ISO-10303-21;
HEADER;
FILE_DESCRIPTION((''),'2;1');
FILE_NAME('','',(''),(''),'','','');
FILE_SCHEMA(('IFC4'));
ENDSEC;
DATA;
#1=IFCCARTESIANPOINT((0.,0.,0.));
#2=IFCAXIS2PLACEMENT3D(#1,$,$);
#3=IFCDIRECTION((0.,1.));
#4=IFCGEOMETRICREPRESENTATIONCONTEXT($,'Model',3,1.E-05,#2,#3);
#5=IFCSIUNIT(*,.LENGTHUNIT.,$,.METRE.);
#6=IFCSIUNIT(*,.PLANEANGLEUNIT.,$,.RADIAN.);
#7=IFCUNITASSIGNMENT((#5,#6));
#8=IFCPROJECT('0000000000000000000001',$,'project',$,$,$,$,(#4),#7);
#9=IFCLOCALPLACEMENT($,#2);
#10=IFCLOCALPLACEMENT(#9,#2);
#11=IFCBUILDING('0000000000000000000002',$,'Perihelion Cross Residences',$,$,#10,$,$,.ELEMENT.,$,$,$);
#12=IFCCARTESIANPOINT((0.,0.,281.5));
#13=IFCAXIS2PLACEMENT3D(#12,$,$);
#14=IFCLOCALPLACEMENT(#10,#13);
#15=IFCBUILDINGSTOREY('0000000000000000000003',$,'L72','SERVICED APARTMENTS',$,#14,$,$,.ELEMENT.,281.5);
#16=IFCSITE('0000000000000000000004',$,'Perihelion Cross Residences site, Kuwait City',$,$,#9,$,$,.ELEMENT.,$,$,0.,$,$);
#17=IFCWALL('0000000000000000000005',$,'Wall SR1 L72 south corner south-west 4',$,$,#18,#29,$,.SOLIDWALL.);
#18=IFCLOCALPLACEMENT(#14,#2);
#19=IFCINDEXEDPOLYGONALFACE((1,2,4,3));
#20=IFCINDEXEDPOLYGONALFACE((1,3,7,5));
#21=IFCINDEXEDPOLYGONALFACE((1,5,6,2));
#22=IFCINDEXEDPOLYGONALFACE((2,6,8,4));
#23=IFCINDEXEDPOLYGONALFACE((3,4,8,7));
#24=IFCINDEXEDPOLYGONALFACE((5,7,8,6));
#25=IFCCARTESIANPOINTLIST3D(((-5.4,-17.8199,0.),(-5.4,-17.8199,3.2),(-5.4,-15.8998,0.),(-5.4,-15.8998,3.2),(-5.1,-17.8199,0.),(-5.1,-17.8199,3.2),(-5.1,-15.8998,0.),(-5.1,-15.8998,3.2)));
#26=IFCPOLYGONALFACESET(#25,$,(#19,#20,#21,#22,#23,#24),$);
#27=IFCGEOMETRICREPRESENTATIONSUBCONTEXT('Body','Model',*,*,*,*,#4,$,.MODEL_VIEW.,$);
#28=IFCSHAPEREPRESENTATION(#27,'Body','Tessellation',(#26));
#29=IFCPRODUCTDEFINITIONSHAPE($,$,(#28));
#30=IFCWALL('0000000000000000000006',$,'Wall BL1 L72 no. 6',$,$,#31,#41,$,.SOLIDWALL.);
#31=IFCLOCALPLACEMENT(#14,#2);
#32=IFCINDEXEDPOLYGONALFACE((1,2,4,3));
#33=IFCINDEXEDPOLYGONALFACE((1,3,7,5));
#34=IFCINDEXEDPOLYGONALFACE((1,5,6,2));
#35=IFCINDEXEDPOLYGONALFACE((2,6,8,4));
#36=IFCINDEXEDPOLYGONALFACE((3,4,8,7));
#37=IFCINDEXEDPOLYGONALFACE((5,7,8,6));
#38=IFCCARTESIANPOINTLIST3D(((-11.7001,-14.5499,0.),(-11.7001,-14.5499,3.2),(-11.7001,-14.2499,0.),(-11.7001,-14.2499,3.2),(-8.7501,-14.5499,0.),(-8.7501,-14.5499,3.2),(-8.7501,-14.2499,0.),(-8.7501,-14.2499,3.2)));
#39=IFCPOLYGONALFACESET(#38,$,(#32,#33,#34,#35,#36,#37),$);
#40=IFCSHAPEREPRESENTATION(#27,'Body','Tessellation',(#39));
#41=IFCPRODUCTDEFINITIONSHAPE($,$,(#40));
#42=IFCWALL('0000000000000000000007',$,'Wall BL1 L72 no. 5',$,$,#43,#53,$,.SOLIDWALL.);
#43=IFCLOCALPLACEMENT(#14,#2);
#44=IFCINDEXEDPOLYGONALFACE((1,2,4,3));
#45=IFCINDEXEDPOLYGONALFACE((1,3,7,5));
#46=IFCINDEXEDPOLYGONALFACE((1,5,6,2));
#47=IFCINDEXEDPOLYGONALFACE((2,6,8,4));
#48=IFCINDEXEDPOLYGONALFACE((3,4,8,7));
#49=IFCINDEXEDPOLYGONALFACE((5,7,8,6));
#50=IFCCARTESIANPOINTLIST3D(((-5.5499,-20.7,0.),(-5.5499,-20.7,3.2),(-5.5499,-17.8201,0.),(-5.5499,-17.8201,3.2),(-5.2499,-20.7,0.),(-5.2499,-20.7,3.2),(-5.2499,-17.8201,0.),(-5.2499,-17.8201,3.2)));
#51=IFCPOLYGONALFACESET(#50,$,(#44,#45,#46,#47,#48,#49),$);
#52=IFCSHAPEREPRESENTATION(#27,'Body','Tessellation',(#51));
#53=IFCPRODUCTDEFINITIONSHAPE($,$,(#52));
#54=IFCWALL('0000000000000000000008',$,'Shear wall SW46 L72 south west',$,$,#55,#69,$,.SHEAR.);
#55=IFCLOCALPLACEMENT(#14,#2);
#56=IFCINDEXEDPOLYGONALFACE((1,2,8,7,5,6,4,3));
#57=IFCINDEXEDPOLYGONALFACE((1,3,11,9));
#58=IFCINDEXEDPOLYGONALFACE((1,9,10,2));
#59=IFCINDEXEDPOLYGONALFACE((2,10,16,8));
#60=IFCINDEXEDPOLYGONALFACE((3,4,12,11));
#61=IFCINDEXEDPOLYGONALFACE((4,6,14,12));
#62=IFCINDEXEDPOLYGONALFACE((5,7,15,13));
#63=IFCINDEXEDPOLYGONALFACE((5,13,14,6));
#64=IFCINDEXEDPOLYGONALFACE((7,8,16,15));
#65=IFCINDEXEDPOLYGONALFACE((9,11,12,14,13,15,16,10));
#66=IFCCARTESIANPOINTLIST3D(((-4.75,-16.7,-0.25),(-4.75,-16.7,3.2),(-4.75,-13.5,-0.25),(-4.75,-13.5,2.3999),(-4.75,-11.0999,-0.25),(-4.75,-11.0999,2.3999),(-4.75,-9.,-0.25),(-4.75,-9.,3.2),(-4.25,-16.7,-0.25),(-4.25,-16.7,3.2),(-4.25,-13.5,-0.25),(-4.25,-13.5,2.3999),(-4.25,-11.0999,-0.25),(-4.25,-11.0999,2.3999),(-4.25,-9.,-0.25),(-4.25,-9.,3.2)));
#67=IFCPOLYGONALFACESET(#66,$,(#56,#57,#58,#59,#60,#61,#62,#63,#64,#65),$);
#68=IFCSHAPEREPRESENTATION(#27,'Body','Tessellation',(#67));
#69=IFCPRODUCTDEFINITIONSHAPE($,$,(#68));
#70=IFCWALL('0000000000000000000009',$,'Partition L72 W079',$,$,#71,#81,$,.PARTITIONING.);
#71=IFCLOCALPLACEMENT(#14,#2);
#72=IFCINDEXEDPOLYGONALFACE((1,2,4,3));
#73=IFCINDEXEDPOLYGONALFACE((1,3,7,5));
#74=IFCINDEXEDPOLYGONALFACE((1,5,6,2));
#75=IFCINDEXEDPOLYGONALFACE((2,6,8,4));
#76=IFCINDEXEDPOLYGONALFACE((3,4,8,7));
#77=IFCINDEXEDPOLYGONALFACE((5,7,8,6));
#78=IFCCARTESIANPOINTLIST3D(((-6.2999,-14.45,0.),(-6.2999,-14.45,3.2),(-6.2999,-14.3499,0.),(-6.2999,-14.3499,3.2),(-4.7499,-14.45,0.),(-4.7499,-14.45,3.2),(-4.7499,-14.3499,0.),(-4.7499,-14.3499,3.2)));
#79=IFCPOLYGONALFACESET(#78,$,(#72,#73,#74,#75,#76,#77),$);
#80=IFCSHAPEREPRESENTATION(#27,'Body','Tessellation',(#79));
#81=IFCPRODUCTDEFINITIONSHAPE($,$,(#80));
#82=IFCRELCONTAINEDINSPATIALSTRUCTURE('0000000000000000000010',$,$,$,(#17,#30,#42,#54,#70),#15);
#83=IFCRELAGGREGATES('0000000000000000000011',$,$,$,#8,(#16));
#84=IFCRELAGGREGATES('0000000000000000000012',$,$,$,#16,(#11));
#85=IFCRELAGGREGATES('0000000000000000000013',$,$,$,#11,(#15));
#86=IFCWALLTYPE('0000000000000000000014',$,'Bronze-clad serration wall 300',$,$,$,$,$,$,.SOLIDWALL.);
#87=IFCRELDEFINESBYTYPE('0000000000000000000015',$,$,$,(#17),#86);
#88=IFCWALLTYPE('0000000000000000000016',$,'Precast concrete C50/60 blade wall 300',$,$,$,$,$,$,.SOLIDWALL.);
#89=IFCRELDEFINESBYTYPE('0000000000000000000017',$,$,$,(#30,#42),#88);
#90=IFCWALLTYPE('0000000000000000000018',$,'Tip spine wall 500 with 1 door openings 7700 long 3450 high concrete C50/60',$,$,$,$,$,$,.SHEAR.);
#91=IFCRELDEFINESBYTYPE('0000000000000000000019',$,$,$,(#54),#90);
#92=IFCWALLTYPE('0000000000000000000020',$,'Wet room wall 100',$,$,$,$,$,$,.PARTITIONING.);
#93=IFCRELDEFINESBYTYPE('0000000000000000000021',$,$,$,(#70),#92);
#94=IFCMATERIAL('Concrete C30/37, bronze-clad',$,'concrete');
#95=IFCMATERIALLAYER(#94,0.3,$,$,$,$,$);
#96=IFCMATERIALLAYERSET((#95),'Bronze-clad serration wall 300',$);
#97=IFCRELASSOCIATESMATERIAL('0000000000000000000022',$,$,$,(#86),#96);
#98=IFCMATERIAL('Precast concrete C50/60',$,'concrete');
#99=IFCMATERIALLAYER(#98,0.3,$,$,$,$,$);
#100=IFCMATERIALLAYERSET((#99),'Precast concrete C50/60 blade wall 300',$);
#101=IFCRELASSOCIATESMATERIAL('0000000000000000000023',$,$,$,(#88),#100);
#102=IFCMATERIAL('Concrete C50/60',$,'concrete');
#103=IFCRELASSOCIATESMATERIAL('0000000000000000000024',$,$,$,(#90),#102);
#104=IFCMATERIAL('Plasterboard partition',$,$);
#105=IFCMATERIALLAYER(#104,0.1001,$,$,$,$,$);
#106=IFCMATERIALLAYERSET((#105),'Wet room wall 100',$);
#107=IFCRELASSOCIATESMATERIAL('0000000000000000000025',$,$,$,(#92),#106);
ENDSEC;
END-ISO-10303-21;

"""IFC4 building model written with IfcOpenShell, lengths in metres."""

from ifc_helpers import new_model, si_unit, direction, frame, frame_2d, origin, place, context, subcontext, project, spatial, polyline, rectangle, outline, extrude, material, layer, layer_set, material_profile, profile_set, type_object, element, save


model = new_model("IFC4")

# Units and contexts
model_context = context("Model", 3, precision=1e-05, world=origin(), true_north=direction((0.0, 1.0)))
body_context = subcontext(model_context, "Body", "Model", "MODEL_VIEW")
ifc_project = project(units=[si_unit("LENGTHUNIT", "METRE"), si_unit("PLANEANGLEUNIT", "RADIAN")], contexts=[model_context])

# Site, building, storey
site_placement = place(None, origin())
site = spatial("IfcSite", under=ifc_project, at=site_placement, Name="Perihelion Cross Residences site, Kuwait City", CompositionType="ELEMENT", RefElevation=0.0)
building_placement = place(site_placement, origin())
building = spatial("IfcBuilding", under=site, at=building_placement, Name="Perihelion Cross Residences", CompositionType="ELEMENT")
storey_placement = place(building_placement, frame((0.0, 0.0, 281.5)))
storey = spatial("IfcBuildingStorey", under=building, at=storey_placement, Name="L72", Description="SERVICED APARTMENTS", CompositionType="ELEMENT", Elevation=281.5)

# Walls
ifc_material_1 = material(Name="Concrete C30/37, bronze-clad", Category="concrete")
ifc_layer_1 = layer(ifc_material_1, 0.3)
ifc_layer_set_1 = layer_set([ifc_layer_1], Name="Bronze-clad serration wall 300")
wall_type_1 = type_object("IfcWallType", Name="Bronze-clad serration wall 300", PredefinedType="SOLIDWALL", material=ifc_layer_set_1)
wall_1_placement = place(storey_placement, frame((-5.25, -15.8999, 0.0), z_axis=(0.0, 0.0, 1.0), x_axis=(0.0, -1.0, 0.0)))
element("IfcWall", 1, at=wall_1_placement, inside=storey, type_object=wall_type_1, Name="Wall SR1 L72 south corner south-west 4", PredefinedType="SOLIDWALL", context=body_context, shape_type="SweptSolid", body=[
    extrude(rectangle(XDim=1.9202, YDim=0.3, at=frame_2d((0.96, 0.0))), origin(), (0.0, 0.0, 1.0), 3.2),
])
ifc_material_2 = material(Name="Precast concrete C50/60", Category="concrete")
ifc_layer_2 = layer(ifc_material_2, 0.3)
ifc_layer_set_2 = layer_set([ifc_layer_2], Name="Precast concrete C50/60 blade wall 300")
wall_type_2 = type_object("IfcWallType", Name="Precast concrete C50/60 blade wall 300", PredefinedType="SOLIDWALL", material=ifc_layer_set_2)
wall_2_placement = place(storey_placement, frame((-8.75, -14.3999, 0.0), z_axis=(0.0, 0.0, 1.0), x_axis=(-1.0, 0.0, 0.0)))
element("IfcWall", 2, at=wall_2_placement, inside=storey, type_object=wall_type_2, Name="Wall BL1 L72 no. 6", PredefinedType="SOLIDWALL", context=body_context, shape_type="SweptSolid", body=[
    extrude(rectangle(XDim=2.95, YDim=0.3, at=frame_2d((1.4751, 0.0))), origin(), (0.0, 0.0, 1.0), 3.2),
])
wall_3_placement = place(storey_placement, frame((-5.3999, -17.8201, 0.0), z_axis=(0.0, 0.0, 1.0), x_axis=(0.0, -1.0, 0.0)))
element("IfcWall", 3, at=wall_3_placement, inside=storey, type_object=wall_type_2, Name="Wall BL1 L72 no. 5", PredefinedType="SOLIDWALL", context=body_context, shape_type="SweptSolid", body=[
    extrude(rectangle(XDim=2.8799, YDim=0.3, at=frame_2d((1.4399, 0.0))), origin(), (0.0, 0.0, 1.0), 3.2),
])
ifc_material_3 = material(Name="Concrete C50/60", Category="concrete")
ifc_material_profile_1 = material_profile(ifc_material_3, outline(polyline([(0.0, 0.0), (3.2, 0.0), (3.2, 2.6499), (5.6001, 2.6499), (5.6001, 0.0), (7.7, 0.0), (7.7, 3.45), (0.0, 3.45), (0.0, 0.0)])), Name="Tip spine wall")
ifc_profile_set_1 = profile_set([ifc_material_profile_1], Name="Concrete C50/60")
wall_type_3 = type_object("IfcWallType", Name="Tip spine wall 500 with 1 door openings 7700 long 3450 high concrete C50/60", PredefinedType="SHEAR", material=ifc_profile_set_1)
wall_4_placement = place(storey_placement, frame((-4.75, -16.7, -0.25), z_axis=(1.0, 0.0, 0.0), x_axis=(0.0, 1.0, 0.0)))
element("IfcWall", 4, at=wall_4_placement, inside=storey, type_object=wall_type_3, Name="Shear wall SW46 L72 south west", PredefinedType="SHEAR", context=body_context, shape_type="SweptSolid", body=[
    extrude(outline(polyline([(0.0, 0.0), (3.2, 0.0), (3.2, 2.6499), (5.6001, 2.6499), (5.6001, 0.0), (7.7, 0.0), (7.7, 3.45), (0.0, 3.45), (0.0, 0.0)])), origin(), (0.0, 0.0, 1.0), 0.5),
])
ifc_material_4 = material(Name="Plasterboard partition")
ifc_layer_3 = layer(ifc_material_4, 0.1001)
ifc_layer_set_3 = layer_set([ifc_layer_3], Name="Wet room wall 100")
wall_type_4 = type_object("IfcWallType", Name="Wet room wall 100", PredefinedType="PARTITIONING", material=ifc_layer_set_3)
wall_5_placement = place(storey_placement, frame((-4.75, -14.3999, 0.0), z_axis=(0.0, 0.0, 1.0), x_axis=(-1.0, 0.0, 0.0)))
element("IfcWall", 5, at=wall_5_placement, inside=storey, type_object=wall_type_4, Name="Partition L72 W079", PredefinedType="PARTITIONING", context=body_context, shape_type="SweptSolid", body=[
    extrude(rectangle(XDim=1.55, YDim=0.1001, at=frame_2d((0.7749, 0.0))), origin(), (0.0, 0.0, 1.0), 3.2),
])

save(model, "model.ifc")
